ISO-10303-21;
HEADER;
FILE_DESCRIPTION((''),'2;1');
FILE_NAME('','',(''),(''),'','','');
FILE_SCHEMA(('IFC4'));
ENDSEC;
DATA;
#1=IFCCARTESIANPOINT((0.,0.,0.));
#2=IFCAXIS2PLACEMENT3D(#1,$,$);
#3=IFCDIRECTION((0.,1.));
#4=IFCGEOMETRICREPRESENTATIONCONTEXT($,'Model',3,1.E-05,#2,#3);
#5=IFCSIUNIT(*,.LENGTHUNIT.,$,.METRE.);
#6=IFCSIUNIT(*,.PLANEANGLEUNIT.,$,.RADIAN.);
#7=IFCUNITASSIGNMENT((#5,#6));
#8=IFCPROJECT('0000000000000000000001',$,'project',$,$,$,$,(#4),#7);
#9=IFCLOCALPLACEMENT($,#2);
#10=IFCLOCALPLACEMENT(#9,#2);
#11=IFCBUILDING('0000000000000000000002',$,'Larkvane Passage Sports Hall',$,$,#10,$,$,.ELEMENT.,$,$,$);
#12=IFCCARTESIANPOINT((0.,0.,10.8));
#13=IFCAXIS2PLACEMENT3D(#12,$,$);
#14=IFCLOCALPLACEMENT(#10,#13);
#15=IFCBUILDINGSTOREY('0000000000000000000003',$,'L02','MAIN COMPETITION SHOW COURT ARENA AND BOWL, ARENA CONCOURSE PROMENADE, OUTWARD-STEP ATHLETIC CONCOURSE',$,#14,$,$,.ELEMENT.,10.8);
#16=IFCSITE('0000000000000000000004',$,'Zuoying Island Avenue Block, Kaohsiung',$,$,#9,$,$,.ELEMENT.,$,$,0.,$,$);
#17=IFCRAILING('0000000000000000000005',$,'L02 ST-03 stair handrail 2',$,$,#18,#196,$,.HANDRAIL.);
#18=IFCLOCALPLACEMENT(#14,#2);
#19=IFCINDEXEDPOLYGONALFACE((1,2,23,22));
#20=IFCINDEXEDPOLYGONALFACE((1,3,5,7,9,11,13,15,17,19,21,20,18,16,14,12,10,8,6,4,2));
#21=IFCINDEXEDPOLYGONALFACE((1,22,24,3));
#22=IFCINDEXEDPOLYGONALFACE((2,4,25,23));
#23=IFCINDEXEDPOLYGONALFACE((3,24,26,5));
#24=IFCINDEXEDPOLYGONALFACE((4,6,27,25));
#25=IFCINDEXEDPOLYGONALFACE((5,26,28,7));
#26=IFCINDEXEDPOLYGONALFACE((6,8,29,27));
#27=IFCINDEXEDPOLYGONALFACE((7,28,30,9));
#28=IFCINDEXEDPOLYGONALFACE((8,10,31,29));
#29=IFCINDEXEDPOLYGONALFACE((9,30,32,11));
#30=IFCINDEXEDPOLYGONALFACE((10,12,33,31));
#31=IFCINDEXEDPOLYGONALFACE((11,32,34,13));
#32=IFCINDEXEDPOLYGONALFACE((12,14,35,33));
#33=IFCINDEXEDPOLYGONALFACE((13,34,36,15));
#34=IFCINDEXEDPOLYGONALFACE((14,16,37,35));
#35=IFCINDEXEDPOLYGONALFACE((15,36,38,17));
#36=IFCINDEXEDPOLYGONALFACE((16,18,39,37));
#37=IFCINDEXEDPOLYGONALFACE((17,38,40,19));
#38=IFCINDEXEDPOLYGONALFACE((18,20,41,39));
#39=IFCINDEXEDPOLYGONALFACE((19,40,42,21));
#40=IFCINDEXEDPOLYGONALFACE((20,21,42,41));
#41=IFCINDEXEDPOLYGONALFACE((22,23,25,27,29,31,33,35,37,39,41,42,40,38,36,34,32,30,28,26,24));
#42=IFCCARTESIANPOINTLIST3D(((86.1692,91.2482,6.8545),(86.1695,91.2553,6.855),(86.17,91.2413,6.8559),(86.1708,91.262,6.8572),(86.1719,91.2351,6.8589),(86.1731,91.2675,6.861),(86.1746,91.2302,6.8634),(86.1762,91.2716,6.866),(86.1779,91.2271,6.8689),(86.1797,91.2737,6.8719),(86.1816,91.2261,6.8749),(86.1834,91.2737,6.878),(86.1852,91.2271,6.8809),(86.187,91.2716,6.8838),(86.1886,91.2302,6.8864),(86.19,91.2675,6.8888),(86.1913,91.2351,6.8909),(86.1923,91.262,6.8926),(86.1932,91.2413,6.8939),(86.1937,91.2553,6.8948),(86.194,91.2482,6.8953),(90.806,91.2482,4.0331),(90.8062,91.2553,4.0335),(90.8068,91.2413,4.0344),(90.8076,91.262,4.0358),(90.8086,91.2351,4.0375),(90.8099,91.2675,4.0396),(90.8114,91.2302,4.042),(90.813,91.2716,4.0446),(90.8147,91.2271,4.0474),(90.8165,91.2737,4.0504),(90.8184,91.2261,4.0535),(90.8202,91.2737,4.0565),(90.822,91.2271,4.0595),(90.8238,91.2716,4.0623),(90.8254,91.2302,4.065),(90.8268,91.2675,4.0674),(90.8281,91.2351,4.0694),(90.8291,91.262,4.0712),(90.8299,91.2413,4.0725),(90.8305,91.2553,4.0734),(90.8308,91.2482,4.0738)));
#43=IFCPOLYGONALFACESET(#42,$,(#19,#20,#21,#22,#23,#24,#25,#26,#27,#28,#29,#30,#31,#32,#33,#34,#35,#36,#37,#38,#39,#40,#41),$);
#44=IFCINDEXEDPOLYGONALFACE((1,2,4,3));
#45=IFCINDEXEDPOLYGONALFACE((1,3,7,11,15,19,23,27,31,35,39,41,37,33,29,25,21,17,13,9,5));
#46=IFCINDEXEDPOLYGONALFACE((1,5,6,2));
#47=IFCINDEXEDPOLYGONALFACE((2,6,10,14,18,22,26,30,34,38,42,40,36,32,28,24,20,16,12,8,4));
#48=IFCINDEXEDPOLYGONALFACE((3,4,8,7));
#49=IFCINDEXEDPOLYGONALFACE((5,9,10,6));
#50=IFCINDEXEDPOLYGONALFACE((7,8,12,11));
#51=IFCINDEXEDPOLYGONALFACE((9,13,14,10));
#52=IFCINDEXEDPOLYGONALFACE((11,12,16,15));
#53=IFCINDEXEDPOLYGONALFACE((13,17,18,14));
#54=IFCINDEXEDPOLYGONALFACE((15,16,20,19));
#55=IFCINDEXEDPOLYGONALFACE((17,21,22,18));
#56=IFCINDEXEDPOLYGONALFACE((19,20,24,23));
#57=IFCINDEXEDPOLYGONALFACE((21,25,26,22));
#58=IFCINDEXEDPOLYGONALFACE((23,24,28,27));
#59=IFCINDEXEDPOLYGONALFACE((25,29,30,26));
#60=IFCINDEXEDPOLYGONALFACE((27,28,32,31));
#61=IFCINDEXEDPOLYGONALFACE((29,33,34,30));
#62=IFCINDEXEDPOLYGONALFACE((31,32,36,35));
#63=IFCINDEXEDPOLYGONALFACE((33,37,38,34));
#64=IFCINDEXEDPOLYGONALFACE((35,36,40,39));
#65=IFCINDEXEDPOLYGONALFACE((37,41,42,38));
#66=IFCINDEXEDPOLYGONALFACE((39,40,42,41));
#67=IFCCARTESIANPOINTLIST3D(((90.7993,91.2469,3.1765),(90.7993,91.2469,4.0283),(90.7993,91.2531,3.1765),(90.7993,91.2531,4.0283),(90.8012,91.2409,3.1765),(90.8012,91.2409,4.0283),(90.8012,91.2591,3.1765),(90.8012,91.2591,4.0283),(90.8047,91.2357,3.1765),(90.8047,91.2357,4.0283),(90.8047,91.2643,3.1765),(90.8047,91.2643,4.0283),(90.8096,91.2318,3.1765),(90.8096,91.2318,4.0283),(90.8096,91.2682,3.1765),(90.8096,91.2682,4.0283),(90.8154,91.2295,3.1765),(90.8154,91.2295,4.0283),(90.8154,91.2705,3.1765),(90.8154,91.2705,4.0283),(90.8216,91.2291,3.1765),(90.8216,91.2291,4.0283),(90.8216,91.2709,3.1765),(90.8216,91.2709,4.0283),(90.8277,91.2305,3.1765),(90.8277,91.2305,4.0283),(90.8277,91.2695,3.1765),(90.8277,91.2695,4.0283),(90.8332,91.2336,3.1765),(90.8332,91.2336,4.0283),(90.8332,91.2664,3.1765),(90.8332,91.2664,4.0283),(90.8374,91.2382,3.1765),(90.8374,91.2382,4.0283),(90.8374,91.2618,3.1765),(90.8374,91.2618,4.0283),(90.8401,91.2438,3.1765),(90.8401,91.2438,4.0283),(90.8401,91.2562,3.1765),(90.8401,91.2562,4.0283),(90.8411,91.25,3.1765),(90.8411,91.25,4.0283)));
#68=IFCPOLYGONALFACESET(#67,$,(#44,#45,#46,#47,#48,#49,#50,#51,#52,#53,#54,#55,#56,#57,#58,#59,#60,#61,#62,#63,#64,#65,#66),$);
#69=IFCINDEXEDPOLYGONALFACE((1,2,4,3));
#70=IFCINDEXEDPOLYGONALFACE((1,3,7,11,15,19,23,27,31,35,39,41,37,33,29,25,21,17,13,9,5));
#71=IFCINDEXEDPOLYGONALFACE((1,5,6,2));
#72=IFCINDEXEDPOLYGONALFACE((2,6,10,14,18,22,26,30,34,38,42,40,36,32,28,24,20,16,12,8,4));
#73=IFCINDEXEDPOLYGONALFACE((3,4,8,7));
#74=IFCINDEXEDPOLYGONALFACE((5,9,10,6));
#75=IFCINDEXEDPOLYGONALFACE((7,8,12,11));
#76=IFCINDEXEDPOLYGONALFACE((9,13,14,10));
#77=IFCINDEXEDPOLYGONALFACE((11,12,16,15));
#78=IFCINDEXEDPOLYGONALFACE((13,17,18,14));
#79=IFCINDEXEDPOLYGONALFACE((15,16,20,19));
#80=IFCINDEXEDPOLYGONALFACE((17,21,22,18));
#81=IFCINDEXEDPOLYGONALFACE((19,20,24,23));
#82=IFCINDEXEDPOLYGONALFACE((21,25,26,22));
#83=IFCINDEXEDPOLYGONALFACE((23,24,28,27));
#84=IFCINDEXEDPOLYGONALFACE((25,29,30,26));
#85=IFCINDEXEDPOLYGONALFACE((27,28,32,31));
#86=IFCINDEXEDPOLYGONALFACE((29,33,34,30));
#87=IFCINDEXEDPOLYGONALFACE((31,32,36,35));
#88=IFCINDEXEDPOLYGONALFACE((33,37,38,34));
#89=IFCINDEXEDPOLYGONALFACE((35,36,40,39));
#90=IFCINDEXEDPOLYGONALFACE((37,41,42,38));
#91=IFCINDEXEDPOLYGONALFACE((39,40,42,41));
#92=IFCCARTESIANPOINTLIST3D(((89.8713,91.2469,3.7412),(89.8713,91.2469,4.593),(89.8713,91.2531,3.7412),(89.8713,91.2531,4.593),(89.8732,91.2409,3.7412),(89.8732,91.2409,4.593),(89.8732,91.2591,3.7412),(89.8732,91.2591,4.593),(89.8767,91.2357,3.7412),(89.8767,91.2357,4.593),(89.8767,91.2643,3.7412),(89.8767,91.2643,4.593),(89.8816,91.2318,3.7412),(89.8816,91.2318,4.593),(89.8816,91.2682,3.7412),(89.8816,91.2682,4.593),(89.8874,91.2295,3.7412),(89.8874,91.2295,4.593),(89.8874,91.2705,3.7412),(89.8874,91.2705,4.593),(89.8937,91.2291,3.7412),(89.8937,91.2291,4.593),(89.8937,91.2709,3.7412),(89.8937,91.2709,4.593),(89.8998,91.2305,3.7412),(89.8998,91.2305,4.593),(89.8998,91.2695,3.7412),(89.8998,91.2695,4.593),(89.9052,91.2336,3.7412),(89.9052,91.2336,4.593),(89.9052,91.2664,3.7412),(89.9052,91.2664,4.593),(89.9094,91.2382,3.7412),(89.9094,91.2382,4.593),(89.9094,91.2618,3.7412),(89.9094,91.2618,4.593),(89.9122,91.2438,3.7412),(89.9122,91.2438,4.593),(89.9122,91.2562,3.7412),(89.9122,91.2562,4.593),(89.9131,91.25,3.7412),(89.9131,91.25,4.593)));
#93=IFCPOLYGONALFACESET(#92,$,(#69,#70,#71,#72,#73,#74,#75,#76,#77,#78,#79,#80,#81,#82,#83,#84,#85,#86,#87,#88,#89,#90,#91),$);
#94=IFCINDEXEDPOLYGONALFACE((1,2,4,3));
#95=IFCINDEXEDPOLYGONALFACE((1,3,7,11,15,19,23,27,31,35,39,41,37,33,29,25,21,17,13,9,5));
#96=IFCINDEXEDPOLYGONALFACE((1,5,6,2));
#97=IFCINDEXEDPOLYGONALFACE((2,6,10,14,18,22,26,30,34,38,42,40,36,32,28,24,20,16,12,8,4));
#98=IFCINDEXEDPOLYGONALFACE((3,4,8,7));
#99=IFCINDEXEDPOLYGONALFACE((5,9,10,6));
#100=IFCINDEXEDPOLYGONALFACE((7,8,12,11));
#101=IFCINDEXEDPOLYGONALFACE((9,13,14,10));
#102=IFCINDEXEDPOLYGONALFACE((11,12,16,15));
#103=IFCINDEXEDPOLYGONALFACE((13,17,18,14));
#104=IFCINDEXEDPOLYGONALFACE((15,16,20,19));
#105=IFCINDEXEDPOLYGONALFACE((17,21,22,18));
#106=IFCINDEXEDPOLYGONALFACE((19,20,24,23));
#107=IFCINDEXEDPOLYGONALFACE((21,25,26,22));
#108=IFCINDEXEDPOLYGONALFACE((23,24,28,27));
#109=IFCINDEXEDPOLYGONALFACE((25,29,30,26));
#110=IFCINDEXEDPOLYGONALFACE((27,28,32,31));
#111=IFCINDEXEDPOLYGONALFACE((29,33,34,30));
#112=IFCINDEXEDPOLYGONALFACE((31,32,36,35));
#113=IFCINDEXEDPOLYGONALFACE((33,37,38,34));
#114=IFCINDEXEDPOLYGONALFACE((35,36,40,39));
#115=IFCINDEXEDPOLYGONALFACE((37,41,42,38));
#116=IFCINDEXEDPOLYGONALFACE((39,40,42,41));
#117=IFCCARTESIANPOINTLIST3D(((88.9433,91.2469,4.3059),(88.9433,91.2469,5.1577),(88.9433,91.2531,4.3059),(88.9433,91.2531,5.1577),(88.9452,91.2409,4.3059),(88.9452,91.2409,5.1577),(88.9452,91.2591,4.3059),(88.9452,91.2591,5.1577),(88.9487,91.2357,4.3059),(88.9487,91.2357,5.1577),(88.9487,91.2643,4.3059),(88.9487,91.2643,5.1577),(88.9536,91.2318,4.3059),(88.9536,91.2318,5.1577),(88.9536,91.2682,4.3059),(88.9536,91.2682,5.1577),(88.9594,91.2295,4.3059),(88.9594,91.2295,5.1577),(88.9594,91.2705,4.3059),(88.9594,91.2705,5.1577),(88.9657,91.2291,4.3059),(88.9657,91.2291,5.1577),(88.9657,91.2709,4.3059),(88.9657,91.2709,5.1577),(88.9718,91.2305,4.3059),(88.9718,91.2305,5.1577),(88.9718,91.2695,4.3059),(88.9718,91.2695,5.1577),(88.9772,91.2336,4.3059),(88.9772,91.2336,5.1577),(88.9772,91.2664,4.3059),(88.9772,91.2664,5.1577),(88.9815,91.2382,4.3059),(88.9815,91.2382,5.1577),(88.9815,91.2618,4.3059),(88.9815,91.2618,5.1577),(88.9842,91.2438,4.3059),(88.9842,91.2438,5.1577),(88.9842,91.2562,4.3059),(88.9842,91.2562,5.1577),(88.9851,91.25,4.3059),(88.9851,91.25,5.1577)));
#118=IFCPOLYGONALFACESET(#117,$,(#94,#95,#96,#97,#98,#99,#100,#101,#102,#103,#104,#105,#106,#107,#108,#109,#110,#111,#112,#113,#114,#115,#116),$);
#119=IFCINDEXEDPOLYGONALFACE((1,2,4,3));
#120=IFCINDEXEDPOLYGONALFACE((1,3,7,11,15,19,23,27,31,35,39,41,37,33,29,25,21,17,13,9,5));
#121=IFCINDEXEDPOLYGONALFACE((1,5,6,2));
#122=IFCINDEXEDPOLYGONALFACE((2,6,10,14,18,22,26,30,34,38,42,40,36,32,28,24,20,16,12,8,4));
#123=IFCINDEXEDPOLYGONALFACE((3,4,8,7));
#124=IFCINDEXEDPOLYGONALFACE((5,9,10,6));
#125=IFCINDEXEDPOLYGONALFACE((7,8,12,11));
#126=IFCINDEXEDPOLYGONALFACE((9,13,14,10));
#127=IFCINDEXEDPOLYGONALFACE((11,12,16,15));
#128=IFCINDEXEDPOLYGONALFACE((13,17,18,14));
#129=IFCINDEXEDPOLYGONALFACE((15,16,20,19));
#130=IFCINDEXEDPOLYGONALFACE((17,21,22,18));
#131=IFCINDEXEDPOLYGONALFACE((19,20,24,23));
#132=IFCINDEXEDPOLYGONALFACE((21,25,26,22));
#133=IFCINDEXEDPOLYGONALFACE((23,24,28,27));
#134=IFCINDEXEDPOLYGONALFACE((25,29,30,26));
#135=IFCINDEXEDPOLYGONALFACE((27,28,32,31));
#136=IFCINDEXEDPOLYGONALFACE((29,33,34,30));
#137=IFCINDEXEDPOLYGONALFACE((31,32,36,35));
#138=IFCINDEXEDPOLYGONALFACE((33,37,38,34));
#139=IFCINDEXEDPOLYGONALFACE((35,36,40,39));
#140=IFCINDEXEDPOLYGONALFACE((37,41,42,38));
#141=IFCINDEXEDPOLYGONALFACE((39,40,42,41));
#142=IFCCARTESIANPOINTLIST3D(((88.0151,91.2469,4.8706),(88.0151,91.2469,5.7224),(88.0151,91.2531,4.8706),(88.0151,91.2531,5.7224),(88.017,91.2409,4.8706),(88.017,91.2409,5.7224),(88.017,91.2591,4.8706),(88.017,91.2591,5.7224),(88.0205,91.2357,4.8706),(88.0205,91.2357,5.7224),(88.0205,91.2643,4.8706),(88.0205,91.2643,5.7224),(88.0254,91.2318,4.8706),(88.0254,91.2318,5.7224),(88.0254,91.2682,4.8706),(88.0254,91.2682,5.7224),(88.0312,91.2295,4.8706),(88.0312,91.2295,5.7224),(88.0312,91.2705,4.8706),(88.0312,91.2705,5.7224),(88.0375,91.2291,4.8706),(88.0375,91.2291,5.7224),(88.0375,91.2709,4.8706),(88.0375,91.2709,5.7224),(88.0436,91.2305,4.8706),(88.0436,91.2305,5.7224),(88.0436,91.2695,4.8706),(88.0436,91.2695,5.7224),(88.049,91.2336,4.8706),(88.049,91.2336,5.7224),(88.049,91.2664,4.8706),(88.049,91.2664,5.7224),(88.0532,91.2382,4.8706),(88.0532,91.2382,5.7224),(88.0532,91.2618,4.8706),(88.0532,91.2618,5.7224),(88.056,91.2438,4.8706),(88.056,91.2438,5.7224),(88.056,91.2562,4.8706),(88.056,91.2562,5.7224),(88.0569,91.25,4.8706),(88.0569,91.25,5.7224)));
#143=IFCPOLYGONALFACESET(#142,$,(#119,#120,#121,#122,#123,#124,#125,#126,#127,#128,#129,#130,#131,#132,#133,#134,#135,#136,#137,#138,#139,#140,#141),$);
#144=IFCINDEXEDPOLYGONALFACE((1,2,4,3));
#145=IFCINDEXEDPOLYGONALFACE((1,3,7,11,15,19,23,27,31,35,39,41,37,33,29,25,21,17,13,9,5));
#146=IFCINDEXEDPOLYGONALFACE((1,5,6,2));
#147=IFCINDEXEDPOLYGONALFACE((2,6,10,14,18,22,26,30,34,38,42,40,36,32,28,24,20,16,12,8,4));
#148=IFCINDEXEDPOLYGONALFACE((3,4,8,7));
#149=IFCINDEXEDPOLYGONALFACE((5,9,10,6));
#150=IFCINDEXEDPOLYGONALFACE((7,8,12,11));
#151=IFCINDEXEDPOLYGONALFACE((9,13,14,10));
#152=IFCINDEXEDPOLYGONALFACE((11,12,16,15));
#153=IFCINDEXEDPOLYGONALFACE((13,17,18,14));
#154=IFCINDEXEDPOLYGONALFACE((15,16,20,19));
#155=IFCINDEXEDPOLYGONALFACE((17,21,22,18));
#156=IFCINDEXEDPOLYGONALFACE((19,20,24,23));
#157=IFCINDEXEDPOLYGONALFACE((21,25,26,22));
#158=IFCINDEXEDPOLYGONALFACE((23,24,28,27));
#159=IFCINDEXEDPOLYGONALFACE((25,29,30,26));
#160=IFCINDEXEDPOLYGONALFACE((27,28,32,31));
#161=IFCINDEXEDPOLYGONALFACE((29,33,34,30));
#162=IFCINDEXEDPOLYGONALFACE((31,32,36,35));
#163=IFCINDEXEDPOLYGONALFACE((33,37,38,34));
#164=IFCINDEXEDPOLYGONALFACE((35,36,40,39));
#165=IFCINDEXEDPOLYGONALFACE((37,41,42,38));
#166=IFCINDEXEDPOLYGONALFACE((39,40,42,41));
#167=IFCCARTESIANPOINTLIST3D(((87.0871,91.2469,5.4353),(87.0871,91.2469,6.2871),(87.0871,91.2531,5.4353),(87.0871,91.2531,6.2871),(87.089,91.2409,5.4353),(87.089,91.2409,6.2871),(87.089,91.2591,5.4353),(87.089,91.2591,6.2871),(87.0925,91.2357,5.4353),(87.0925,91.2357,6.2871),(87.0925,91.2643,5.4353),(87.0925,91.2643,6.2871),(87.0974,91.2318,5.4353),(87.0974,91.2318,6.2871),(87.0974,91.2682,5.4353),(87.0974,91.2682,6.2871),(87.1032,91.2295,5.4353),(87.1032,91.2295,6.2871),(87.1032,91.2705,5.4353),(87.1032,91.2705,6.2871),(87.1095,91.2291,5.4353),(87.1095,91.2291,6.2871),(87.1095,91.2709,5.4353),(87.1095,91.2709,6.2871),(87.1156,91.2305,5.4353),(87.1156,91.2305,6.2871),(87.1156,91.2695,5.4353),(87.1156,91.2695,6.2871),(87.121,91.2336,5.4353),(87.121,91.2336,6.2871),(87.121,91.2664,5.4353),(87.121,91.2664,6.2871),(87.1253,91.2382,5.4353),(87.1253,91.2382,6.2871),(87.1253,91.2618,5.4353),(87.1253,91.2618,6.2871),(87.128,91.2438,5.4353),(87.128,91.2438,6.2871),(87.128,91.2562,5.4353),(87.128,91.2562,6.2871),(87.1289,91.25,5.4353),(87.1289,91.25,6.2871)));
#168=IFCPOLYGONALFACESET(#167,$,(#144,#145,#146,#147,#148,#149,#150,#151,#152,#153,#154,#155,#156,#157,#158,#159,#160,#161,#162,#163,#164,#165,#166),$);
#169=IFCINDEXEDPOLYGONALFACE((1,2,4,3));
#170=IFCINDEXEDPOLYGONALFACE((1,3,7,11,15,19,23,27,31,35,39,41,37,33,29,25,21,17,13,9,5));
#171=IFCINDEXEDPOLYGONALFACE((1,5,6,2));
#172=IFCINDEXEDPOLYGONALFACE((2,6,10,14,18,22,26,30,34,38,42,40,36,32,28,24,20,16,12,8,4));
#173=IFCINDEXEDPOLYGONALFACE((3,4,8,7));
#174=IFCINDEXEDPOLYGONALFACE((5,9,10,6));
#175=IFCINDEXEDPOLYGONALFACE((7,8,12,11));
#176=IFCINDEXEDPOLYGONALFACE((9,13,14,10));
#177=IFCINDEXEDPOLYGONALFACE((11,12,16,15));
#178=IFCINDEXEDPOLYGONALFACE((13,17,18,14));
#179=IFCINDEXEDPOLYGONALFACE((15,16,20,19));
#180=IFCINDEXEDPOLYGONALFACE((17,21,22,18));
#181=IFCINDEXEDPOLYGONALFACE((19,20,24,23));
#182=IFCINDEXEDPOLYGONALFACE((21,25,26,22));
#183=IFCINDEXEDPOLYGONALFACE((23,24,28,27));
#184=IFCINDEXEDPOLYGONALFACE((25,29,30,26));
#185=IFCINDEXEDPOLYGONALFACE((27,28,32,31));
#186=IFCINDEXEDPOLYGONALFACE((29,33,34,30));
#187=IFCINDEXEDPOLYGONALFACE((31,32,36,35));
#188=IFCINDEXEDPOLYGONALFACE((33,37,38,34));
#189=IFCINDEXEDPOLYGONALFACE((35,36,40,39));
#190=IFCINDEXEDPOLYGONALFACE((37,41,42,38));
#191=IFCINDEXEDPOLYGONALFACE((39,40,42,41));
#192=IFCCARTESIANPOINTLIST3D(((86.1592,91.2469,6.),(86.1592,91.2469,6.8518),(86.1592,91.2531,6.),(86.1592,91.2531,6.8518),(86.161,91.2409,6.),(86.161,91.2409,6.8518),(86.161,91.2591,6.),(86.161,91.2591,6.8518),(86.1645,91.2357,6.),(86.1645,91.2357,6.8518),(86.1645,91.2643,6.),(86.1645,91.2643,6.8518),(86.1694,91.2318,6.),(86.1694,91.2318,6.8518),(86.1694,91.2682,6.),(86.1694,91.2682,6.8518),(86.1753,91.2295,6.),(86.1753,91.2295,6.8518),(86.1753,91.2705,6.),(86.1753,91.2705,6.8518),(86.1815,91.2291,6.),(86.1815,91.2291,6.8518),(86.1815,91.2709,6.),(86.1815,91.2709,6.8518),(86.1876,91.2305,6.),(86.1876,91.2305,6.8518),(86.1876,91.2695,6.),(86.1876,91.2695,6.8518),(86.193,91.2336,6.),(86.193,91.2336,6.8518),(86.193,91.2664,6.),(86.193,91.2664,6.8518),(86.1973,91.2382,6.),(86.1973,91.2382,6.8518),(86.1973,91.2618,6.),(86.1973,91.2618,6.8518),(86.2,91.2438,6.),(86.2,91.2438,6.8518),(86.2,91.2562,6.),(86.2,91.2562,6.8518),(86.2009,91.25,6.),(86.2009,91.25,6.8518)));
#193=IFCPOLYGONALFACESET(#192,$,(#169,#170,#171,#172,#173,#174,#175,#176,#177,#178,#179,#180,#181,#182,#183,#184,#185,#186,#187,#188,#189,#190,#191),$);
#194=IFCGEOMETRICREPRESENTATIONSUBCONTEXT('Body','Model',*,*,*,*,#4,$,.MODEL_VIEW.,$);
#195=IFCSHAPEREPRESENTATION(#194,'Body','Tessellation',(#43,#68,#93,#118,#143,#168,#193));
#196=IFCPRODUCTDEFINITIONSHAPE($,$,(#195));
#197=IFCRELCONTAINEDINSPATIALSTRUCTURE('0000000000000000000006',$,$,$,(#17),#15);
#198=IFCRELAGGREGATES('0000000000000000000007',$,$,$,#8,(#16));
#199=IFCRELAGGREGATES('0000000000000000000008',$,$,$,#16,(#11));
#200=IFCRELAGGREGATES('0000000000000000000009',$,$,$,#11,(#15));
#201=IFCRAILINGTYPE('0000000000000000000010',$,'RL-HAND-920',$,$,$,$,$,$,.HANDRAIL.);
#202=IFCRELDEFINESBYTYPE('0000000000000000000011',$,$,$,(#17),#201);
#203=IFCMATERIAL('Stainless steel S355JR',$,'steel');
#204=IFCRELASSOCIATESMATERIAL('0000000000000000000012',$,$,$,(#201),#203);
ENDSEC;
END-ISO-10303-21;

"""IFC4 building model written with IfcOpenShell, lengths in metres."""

from ifc_helpers import new_model, si_unit, direction, frame, origin, origin_2d, place, context, subcontext, project, spatial, circle, extrude, material, type_object, element, save


model = new_model("IFC4")

# Units and contexts
model_context = context("Model", 3, precision=1e-05, world=origin(), true_north=direction((0.0, 1.0)))
body_context = subcontext(model_context, "Body", "Model", "MODEL_VIEW")
ifc_project = project(units=[si_unit("LENGTHUNIT", "METRE"), si_unit("PLANEANGLEUNIT", "RADIAN")], contexts=[model_context])

# Site, building, storey
site_placement = place(None, origin())
site = spatial("IfcSite", under=ifc_project, at=site_placement, Name="Zuoying Island Avenue Block, Kaohsiung", CompositionType="ELEMENT", RefElevation=0.0)
building_placement = place(site_placement, origin())
building = spatial("IfcBuilding", under=site, at=building_placement, Name="Larkvane Passage Sports Hall", CompositionType="ELEMENT")
storey_placement = place(building_placement, frame((0.0, 0.0, 10.8)))
storey = spatial("IfcBuildingStorey", under=building, at=storey_placement, Name="L02", Description="MAIN COMPETITION SHOW COURT ARENA AND BOWL, ARENA CONCOURSE PROMENADE, OUTWARD-STEP ATHLETIC CONCOURSE", CompositionType="ELEMENT", Elevation=10.8)

# Railing
ifc_material_1 = material(Name="Stainless steel S355JR", Category="steel")
railing_type_1 = type_object("IfcRailingType", Name="RL-HAND-920", PredefinedType="HANDRAIL", material=ifc_material_1)
railing_1_placement = place(storey_placement, frame((90.8201, 91.25, 3.1765)))
element("IfcRailing", 1, at=railing_1_placement, inside=storey, type_object=railing_type_1, Name="L02 ST-03 stair handrail 2", PredefinedType="HANDRAIL", context=body_context, shape_type="SweptSolid", body=[
    extrude(circle(Radius=0.0239, at=origin_2d()), frame((-0.0017, 0.0, 0.877), z_axis=(-0.854276, 0.0, 0.51982), x_axis=(0.0, -1.0, 0.0)), (0.0, 0.0, 1.0), 5.4277),
    extrude(circle(Radius=0.021, at=origin_2d()), origin(), (0.0, 0.0, 1.0), 0.8518),
    extrude(circle(Radius=0.021, at=origin_2d()), frame((-0.928, 0.0, 0.5647)), (0.0, 0.0, 1.0), 0.8518),
    extrude(circle(Radius=0.021, at=origin_2d()), frame((-1.856, 0.0, 1.1294)), (0.0, 0.0, 1.0), 0.8518),
    extrude(circle(Radius=0.021, at=origin_2d()), frame((-2.7842, 0.0, 1.6941)), (0.0, 0.0, 1.0), 0.8518),
    extrude(circle(Radius=0.021, at=origin_2d()), frame((-3.7122, 0.0, 2.2588)), (0.0, 0.0, 1.0), 0.8518),
    extrude(circle(Radius=0.021, at=origin_2d()), frame((-4.6401, 0.0, 2.8235)), (0.0, 0.0, 1.0), 0.8518),
])

save(model, "model.ifc")
